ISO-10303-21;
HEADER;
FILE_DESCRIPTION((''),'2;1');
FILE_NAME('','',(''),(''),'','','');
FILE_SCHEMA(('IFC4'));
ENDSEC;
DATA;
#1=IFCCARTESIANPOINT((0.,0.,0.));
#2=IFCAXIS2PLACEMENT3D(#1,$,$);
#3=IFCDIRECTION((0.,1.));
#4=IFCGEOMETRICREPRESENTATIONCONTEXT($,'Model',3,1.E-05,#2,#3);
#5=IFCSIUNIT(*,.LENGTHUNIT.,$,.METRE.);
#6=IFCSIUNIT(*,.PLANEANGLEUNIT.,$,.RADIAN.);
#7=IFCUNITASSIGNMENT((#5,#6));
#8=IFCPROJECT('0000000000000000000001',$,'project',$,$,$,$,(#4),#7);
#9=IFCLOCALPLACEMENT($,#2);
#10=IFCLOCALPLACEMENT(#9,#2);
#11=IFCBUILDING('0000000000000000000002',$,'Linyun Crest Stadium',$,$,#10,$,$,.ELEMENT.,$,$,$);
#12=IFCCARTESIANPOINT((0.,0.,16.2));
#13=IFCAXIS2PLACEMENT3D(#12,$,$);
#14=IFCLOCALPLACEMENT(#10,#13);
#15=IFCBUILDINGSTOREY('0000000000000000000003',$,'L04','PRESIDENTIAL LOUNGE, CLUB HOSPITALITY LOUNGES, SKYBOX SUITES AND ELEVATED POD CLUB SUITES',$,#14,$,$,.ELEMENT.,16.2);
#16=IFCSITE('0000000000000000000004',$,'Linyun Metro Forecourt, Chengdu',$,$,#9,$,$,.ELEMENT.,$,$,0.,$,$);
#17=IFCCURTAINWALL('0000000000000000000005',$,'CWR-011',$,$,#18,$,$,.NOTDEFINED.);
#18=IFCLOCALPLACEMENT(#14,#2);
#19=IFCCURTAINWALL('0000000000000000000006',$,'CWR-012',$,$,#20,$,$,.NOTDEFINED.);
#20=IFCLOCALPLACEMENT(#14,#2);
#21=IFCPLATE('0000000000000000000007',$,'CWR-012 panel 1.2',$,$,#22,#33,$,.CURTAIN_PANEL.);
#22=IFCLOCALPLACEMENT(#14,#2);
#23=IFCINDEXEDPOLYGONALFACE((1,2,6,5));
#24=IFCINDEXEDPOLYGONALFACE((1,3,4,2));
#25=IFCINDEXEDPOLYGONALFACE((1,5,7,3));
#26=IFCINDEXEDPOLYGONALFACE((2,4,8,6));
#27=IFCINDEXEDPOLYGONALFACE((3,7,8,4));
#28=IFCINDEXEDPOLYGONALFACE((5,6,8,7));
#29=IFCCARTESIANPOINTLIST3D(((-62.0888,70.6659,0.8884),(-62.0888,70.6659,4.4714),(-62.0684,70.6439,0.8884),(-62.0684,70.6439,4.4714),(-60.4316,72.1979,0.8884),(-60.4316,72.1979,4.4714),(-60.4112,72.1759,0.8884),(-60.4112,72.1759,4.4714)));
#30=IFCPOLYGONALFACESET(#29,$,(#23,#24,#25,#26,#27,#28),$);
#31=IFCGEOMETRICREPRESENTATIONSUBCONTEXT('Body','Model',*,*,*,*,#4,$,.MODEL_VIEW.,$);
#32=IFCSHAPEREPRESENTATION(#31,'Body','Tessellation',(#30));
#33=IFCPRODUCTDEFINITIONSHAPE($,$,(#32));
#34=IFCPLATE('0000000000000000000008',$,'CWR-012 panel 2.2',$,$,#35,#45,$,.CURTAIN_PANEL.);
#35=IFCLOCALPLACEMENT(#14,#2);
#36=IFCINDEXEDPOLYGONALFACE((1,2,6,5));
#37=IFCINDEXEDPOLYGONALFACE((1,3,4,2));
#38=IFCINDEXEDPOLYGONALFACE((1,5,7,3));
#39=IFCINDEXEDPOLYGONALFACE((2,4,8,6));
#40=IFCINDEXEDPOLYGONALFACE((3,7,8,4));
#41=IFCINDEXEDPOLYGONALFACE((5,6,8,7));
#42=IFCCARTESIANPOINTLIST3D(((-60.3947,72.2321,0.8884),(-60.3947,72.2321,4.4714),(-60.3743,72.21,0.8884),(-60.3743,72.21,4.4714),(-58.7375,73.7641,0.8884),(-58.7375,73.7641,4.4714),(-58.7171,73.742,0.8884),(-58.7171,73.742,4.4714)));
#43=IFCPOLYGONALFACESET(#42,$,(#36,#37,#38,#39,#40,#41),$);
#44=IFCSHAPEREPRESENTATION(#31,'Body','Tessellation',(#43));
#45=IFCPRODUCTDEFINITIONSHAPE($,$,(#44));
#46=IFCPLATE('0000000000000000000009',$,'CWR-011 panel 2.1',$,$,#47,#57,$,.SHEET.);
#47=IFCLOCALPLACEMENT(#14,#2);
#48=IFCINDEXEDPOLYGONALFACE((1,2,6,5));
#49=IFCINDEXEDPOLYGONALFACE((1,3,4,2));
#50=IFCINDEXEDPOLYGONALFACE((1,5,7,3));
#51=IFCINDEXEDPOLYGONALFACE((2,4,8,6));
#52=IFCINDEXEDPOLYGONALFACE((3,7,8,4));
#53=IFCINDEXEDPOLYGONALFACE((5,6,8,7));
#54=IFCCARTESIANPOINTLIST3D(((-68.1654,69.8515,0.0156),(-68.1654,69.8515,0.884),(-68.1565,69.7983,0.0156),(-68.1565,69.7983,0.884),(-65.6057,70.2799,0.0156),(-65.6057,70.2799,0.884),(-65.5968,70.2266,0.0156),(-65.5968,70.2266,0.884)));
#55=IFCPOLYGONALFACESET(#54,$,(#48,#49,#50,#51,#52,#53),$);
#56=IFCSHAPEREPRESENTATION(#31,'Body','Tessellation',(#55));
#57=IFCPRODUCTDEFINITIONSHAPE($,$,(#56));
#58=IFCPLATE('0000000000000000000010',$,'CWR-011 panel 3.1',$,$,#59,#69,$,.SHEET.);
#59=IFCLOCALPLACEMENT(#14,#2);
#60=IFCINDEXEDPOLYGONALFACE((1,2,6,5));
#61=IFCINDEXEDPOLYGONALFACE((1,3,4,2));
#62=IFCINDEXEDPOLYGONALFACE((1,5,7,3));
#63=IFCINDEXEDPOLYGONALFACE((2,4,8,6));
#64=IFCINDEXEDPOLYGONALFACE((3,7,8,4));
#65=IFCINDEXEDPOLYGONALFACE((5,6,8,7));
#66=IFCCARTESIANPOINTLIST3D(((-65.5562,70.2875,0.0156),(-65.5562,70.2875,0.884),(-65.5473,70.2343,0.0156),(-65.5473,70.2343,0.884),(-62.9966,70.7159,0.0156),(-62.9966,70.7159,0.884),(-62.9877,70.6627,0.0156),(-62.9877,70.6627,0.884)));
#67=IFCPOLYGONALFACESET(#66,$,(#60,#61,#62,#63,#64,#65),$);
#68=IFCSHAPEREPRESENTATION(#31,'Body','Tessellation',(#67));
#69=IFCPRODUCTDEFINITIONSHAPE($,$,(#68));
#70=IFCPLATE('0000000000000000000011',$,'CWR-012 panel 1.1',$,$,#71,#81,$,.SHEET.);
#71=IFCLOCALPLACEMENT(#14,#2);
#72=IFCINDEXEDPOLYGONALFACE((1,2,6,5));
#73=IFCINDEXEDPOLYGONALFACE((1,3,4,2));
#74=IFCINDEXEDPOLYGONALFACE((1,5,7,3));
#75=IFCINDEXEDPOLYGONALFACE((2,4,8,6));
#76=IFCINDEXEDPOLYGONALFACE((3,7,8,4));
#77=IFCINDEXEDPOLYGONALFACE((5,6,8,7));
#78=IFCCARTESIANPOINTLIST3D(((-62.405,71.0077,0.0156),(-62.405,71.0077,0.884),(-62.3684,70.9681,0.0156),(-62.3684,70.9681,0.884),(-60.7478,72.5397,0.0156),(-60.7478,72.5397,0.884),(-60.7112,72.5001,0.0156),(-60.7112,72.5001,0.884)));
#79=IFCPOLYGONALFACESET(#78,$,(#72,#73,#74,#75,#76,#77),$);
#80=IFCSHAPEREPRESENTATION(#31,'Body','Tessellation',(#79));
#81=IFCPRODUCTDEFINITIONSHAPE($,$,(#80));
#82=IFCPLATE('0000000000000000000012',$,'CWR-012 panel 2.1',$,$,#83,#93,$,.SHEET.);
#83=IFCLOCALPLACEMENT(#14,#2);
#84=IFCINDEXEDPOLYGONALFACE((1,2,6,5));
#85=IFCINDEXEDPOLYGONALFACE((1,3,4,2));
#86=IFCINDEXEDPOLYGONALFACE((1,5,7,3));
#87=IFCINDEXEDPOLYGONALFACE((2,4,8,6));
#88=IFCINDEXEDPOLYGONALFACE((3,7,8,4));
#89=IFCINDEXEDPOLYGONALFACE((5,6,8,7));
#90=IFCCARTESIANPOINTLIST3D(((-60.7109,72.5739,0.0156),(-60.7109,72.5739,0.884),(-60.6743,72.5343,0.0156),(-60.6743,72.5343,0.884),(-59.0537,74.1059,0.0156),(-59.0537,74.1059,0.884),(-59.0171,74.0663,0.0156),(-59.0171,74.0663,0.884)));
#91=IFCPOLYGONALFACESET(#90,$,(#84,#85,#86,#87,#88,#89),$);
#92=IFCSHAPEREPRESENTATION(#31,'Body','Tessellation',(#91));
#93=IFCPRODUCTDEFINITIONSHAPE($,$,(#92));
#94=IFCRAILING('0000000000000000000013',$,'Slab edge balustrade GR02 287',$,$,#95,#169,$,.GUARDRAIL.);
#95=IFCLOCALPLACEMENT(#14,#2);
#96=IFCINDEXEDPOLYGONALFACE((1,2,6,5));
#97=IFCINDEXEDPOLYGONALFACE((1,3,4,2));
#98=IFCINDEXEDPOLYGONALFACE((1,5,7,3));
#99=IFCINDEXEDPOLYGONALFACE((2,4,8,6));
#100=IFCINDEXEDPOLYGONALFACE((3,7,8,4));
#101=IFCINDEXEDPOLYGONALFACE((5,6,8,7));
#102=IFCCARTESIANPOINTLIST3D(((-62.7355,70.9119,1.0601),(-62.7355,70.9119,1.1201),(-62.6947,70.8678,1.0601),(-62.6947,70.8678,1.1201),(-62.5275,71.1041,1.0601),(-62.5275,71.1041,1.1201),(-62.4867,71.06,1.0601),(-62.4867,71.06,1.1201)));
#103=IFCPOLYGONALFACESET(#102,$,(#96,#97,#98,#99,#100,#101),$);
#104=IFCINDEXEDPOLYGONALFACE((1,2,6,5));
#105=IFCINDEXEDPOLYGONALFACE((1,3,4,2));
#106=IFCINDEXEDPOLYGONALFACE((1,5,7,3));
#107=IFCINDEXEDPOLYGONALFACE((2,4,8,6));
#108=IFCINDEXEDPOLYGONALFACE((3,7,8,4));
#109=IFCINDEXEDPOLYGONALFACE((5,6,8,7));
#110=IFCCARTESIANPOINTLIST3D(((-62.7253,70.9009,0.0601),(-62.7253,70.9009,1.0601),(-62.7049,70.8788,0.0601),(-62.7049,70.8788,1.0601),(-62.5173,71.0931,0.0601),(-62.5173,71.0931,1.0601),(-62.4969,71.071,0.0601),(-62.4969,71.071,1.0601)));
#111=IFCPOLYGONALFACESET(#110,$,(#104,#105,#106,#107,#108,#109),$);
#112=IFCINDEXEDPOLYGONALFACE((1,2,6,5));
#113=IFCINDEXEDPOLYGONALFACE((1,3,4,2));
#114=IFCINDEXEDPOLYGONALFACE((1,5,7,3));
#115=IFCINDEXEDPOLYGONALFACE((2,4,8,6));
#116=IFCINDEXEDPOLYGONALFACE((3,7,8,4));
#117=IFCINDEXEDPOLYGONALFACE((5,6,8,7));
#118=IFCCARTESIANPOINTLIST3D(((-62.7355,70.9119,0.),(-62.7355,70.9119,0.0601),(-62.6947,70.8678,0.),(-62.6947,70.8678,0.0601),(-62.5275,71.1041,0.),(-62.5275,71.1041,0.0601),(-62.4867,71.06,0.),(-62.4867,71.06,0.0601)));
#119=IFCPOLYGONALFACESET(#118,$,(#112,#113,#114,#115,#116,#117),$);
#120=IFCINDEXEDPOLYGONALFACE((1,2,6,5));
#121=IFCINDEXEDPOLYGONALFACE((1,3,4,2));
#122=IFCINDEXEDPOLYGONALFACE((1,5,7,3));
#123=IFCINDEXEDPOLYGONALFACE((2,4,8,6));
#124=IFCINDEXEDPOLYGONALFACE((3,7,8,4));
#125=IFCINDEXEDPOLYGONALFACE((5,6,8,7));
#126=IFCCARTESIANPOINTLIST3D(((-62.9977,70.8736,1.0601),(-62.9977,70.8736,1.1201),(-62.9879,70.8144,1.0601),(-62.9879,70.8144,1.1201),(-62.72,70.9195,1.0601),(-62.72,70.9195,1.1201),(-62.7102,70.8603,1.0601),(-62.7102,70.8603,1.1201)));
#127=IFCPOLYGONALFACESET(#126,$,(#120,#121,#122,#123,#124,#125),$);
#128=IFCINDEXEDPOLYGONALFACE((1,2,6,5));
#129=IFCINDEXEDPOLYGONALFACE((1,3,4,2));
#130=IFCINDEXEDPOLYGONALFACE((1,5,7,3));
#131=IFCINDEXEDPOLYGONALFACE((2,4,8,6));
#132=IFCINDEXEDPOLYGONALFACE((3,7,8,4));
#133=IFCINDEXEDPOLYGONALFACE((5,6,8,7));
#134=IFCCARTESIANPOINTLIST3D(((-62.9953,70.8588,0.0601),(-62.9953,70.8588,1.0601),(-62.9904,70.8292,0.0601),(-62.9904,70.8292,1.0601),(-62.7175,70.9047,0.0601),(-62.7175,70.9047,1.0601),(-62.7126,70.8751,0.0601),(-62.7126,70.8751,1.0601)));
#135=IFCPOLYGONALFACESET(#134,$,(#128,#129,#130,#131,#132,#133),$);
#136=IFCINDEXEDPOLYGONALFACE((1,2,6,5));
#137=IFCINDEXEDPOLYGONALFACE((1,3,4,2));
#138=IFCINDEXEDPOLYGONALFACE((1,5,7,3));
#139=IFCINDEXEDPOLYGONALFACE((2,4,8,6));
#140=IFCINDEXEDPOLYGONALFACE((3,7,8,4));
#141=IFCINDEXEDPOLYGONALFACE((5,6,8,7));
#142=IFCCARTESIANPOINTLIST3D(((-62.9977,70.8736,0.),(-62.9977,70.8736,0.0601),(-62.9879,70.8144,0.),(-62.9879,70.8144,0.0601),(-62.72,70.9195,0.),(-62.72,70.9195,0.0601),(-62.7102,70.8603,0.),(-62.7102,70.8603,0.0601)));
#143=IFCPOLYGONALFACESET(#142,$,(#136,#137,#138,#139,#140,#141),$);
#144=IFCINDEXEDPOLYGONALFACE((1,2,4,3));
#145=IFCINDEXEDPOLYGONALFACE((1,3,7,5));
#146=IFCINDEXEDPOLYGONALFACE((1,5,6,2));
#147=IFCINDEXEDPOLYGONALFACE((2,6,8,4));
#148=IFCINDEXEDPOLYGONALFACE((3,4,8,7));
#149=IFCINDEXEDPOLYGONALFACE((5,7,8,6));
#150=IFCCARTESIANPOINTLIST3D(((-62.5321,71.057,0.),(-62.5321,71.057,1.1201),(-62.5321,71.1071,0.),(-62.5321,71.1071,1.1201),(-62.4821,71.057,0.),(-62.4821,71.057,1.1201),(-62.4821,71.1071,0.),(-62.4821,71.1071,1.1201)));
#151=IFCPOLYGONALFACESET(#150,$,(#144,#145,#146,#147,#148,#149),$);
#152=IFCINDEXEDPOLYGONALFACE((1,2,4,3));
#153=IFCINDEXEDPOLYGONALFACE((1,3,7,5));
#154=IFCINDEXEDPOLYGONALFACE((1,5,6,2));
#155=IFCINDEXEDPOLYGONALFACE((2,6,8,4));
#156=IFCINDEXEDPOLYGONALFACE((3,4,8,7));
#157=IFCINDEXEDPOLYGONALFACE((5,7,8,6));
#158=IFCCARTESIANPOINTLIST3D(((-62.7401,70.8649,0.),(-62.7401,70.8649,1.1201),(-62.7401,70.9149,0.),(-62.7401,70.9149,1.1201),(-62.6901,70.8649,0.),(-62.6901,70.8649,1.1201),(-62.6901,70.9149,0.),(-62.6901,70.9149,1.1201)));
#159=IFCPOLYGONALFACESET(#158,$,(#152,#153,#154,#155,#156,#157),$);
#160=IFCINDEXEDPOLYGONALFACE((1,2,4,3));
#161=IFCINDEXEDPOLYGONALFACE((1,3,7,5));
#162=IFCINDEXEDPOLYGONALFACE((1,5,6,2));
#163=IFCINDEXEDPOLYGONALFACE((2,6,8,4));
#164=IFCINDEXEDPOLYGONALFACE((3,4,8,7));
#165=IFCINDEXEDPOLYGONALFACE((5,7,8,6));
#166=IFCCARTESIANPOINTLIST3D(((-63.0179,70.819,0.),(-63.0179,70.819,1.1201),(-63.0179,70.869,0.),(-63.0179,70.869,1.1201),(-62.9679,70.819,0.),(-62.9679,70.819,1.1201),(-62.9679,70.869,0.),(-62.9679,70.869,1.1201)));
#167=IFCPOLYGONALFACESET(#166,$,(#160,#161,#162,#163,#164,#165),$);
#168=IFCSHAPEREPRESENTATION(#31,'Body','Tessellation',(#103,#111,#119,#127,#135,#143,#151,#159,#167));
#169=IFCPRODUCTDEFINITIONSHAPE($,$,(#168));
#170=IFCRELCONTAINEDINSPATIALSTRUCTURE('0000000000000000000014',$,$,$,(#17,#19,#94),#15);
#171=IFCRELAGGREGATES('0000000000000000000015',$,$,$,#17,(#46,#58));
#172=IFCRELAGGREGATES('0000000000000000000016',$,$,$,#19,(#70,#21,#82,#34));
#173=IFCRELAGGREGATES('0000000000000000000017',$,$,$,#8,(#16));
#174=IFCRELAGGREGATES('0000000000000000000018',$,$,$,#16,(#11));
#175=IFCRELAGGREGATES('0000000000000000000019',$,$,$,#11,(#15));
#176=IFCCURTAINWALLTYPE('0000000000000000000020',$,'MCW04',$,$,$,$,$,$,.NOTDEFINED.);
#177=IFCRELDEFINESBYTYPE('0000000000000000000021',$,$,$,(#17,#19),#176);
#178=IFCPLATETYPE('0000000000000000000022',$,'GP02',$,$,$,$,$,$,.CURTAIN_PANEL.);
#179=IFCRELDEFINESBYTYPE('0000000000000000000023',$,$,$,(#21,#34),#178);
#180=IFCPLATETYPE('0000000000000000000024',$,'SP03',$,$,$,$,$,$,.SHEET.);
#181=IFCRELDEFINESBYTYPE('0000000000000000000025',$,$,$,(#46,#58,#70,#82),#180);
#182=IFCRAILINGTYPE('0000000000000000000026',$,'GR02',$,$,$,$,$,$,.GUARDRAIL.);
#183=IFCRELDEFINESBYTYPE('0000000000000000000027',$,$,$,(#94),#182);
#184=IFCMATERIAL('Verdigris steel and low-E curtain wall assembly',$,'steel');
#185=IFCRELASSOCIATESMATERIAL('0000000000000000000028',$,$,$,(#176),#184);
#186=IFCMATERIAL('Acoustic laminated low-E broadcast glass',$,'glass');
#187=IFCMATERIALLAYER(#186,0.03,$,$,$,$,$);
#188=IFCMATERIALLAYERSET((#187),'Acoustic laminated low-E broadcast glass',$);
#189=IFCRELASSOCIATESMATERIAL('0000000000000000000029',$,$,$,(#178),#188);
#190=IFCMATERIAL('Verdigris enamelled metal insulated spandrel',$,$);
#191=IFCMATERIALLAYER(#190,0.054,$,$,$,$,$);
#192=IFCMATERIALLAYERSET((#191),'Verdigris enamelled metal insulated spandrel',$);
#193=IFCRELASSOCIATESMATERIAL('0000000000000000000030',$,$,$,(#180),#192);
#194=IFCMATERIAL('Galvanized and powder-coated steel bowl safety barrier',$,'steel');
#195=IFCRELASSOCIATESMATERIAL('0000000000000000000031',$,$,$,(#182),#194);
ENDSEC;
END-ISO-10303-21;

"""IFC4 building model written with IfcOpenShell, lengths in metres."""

from ifc_helpers import new_model, si_unit, direction, frame, origin, origin_2d, place, context, subcontext, project, spatial, rectangle, extrude, material, layer, layer_set, type_object, element, aggregate, save


model = new_model("IFC4")

# Units and contexts
model_context = context("Model", 3, precision=1e-05, world=origin(), true_north=direction((0.0, 1.0)))
body_context = subcontext(model_context, "Body", "Model", "MODEL_VIEW")
ifc_project = project(units=[si_unit("LENGTHUNIT", "METRE"), si_unit("PLANEANGLEUNIT", "RADIAN")], contexts=[model_context])

# Site, building, storey
site_placement = place(None, origin())
site = spatial("IfcSite", under=ifc_project, at=site_placement, Name="Linyun Metro Forecourt, Chengdu", CompositionType="ELEMENT", RefElevation=0.0)
building_placement = place(site_placement, origin())
building = spatial("IfcBuilding", under=site, at=building_placement, Name="Linyun Crest Stadium", CompositionType="ELEMENT")
storey_placement = place(building_placement, frame((0.0, 0.0, 16.2)))
storey = spatial("IfcBuildingStorey", under=building, at=storey_placement, Name="L04", Description="PRESIDENTIAL LOUNGE, CLUB HOSPITALITY LOUNGES, SKYBOX SUITES AND ELEVATED POD CLUB SUITES", CompositionType="ELEMENT", Elevation=16.2)

# Curtain walls
ifc_material_1 = material(Name="Verdigris steel and low-E curtain wall assembly", Category="steel")
curtain_wall_type = type_object("IfcCurtainWallType", Name="MCW04", PredefinedType="NOTDEFINED", material=ifc_material_1)
curtain_wall_1_placement = place(storey_placement, origin())
curtain_wall_1 = element("IfcCurtainWall", 1, at=curtain_wall_1_placement, inside=storey, type_object=curtain_wall_type, Name="CWR-011", PredefinedType="NOTDEFINED")
curtain_wall_2_placement = place(storey_placement, origin())
curtain_wall_2 = element("IfcCurtainWall", 2, at=curtain_wall_2_placement, inside=storey, type_object=curtain_wall_type, Name="CWR-012", PredefinedType="NOTDEFINED")

# Plates
ifc_material_2 = material(Name="Acoustic laminated low-E broadcast glass", Category="glass")
ifc_layer_1 = layer(ifc_material_2, 0.03)
ifc_layer_set_1 = layer_set([ifc_layer_1], Name="Acoustic laminated low-E broadcast glass")
plate_type_1 = type_object("IfcPlateType", Name="GP02", PredefinedType="CURTAIN_PANEL", material=ifc_layer_set_1)
plate_1_placement = place(storey_placement, frame((-61.25, 71.4209, 0.8884), z_axis=(0.0, 0.0, 1.0), x_axis=(0.734299, 0.678826, 0.0)))
plate_1 = element("IfcPlate", 3, at=plate_1_placement, type_object=plate_type_1, Name="CWR-012 panel 1.2", PredefinedType="CURTAIN_PANEL", context=body_context, shape_type="SweptSolid", body=[
    extrude(rectangle(XDim=2.2568, YDim=0.03, at=origin_2d()), origin(), (0.0, 0.0, 1.0), 3.583),
])
plate_2_placement = place(storey_placement, frame((-59.5559, 72.9871, 0.8884), z_axis=(0.0, 0.0, 1.0), x_axis=(0.734299, 0.678826, 0.0)))
plate_2 = element("IfcPlate", 4, at=plate_2_placement, type_object=plate_type_1, Name="CWR-012 panel 2.2", PredefinedType="CURTAIN_PANEL", context=body_context, shape_type="SweptSolid", body=[
    extrude(rectangle(XDim=2.2568, YDim=0.03, at=origin_2d()), origin(), (0.0, 0.0, 1.0), 3.583),
])
ifc_material_3 = material(Name="Verdigris enamelled metal insulated spandrel")
ifc_layer_2 = layer(ifc_material_3, 0.054)
ifc_layer_set_2 = layer_set([ifc_layer_2], Name="Verdigris enamelled metal insulated spandrel")
plate_type_2 = type_object("IfcPlateType", Name="SP03", PredefinedType="SHEET", material=ifc_layer_set_2)
plate_3_placement = place(storey_placement, frame((-66.8811, 70.0391, 0.0156), z_axis=(0.0, 0.0, 1.0), x_axis=(0.986283, 0.165065, 0.0)))
plate_3 = element("IfcPlate", 5, at=plate_3_placement, type_object=plate_type_2, Name="CWR-011 panel 2.1", PredefinedType="SHEET", context=body_context, shape_type="SweptSolid", body=[
    extrude(rectangle(XDim=2.5952, YDim=0.054, at=origin_2d()), origin(), (0.0, 0.0, 1.0), 0.8684),
])
plate_4_placement = place(storey_placement, frame((-64.272, 70.4751, 0.0156), z_axis=(0.0, 0.0, 1.0), x_axis=(0.986283, 0.165065, 0.0)))
plate_4 = element("IfcPlate", 6, at=plate_4_placement, type_object=plate_type_2, Name="CWR-011 panel 3.1", PredefinedType="SHEET", context=body_context, shape_type="SweptSolid", body=[
    extrude(rectangle(XDim=2.5952, YDim=0.054, at=origin_2d()), origin(), (0.0, 0.0, 1.0), 0.8684),
])
aggregate(curtain_wall_1, [plate_3, plate_4])
plate_5_placement = place(storey_placement, frame((-61.5581, 71.7539, 0.0156), z_axis=(0.0, 0.0, 1.0), x_axis=(0.734299, 0.678826, 0.0)))
plate_5 = element("IfcPlate", 7, at=plate_5_placement, type_object=plate_type_2, Name="CWR-012 panel 1.1", PredefinedType="SHEET", context=body_context, shape_type="SweptSolid", body=[
    extrude(rectangle(XDim=2.2568, YDim=0.054, at=origin_2d()), origin(), (0.0, 0.0, 1.0), 0.8684),
])
plate_6_placement = place(storey_placement, frame((-59.864, 73.3201, 0.0156), z_axis=(0.0, 0.0, 1.0), x_axis=(0.734299, 0.678826, 0.0)))
plate_6 = element("IfcPlate", 8, at=plate_6_placement, type_object=plate_type_2, Name="CWR-012 panel 2.1", PredefinedType="SHEET", context=body_context, shape_type="SweptSolid", body=[
    extrude(rectangle(XDim=2.2568, YDim=0.054, at=origin_2d()), origin(), (0.0, 0.0, 1.0), 0.8684),
])
aggregate(curtain_wall_2, [plate_5, plate_1, plate_6, plate_2])

# Railing
ifc_material_4 = material(Name="Galvanized and powder-coated steel bowl safety barrier", Category="steel")
railing_type_1 = type_object("IfcRailingType", Name="GR02", PredefinedType="GUARDRAIL", material=ifc_material_4)
railing_1_placement = place(storey_placement, frame((-62.5071, 71.082, 0.0)))
element("IfcRailing", 9, at=railing_1_placement, inside=storey, type_object=railing_type_1, Name="Slab edge balustrade GR02 287", PredefinedType="GUARDRAIL", context=body_context, shape_type="SweptSolid", body=[
    extrude(rectangle(XDim=0.0601, YDim=0.0601, at=origin_2d()), frame((0.0, 0.0, 1.0901), z_axis=(-0.734572, -0.678531, 0.0), x_axis=(0.678531, -0.734572, 0.0)), (0.0, 0.0, 1.0), 0.2832),
    extrude(rectangle(XDim=0.03, YDim=1.0, at=origin_2d()), frame((0.0, 0.0, 0.5601), z_axis=(-0.734572, -0.678531, 0.0), x_axis=(0.678531, -0.734572, 0.0)), (0.0, 0.0, 1.0), 0.2832),
    extrude(rectangle(XDim=0.0601, YDim=0.0601, at=origin_2d()), frame((0.0, 0.0, 0.03), z_axis=(-0.734572, -0.678531, 0.0), x_axis=(0.678531, -0.734572, 0.0)), (0.0, 0.0, 1.0), 0.2832),
    extrude(rectangle(XDim=0.0601, YDim=0.0601, at=origin_2d()), frame((-0.208, -0.1921, 1.0901), z_axis=(-0.986627, -0.162993, 0.0), x_axis=(0.162993, -0.986627, 0.0)), (0.0, 0.0, 1.0), 0.2815),
    extrude(rectangle(XDim=0.03, YDim=1.0, at=origin_2d()), frame((-0.208, -0.1921, 0.5601), z_axis=(-0.986627, -0.162993, 0.0), x_axis=(0.162993, -0.986627, 0.0)), (0.0, 0.0, 1.0), 0.2815),
    extrude(rectangle(XDim=0.0601, YDim=0.0601, at=origin_2d()), frame((-0.208, -0.1921, 0.03), z_axis=(-0.986627, -0.162993, 0.0), x_axis=(0.162993, -0.986627, 0.0)), (0.0, 0.0, 1.0), 0.2815),
    extrude(rectangle(XDim=0.05, YDim=0.05, at=origin_2d()), origin(), (0.0, 0.0, 1.0), 1.1201),
    extrude(rectangle(XDim=0.05, YDim=0.05, at=origin_2d()), frame((-0.208, -0.1921, 0.0)), (0.0, 0.0, 1.0), 1.1201),
    extrude(rectangle(XDim=0.05, YDim=0.05, at=origin_2d()), frame((-0.4858, -0.238, 0.0)), (0.0, 0.0, 1.0), 1.1201),
])

save(model, "model.ifc")
